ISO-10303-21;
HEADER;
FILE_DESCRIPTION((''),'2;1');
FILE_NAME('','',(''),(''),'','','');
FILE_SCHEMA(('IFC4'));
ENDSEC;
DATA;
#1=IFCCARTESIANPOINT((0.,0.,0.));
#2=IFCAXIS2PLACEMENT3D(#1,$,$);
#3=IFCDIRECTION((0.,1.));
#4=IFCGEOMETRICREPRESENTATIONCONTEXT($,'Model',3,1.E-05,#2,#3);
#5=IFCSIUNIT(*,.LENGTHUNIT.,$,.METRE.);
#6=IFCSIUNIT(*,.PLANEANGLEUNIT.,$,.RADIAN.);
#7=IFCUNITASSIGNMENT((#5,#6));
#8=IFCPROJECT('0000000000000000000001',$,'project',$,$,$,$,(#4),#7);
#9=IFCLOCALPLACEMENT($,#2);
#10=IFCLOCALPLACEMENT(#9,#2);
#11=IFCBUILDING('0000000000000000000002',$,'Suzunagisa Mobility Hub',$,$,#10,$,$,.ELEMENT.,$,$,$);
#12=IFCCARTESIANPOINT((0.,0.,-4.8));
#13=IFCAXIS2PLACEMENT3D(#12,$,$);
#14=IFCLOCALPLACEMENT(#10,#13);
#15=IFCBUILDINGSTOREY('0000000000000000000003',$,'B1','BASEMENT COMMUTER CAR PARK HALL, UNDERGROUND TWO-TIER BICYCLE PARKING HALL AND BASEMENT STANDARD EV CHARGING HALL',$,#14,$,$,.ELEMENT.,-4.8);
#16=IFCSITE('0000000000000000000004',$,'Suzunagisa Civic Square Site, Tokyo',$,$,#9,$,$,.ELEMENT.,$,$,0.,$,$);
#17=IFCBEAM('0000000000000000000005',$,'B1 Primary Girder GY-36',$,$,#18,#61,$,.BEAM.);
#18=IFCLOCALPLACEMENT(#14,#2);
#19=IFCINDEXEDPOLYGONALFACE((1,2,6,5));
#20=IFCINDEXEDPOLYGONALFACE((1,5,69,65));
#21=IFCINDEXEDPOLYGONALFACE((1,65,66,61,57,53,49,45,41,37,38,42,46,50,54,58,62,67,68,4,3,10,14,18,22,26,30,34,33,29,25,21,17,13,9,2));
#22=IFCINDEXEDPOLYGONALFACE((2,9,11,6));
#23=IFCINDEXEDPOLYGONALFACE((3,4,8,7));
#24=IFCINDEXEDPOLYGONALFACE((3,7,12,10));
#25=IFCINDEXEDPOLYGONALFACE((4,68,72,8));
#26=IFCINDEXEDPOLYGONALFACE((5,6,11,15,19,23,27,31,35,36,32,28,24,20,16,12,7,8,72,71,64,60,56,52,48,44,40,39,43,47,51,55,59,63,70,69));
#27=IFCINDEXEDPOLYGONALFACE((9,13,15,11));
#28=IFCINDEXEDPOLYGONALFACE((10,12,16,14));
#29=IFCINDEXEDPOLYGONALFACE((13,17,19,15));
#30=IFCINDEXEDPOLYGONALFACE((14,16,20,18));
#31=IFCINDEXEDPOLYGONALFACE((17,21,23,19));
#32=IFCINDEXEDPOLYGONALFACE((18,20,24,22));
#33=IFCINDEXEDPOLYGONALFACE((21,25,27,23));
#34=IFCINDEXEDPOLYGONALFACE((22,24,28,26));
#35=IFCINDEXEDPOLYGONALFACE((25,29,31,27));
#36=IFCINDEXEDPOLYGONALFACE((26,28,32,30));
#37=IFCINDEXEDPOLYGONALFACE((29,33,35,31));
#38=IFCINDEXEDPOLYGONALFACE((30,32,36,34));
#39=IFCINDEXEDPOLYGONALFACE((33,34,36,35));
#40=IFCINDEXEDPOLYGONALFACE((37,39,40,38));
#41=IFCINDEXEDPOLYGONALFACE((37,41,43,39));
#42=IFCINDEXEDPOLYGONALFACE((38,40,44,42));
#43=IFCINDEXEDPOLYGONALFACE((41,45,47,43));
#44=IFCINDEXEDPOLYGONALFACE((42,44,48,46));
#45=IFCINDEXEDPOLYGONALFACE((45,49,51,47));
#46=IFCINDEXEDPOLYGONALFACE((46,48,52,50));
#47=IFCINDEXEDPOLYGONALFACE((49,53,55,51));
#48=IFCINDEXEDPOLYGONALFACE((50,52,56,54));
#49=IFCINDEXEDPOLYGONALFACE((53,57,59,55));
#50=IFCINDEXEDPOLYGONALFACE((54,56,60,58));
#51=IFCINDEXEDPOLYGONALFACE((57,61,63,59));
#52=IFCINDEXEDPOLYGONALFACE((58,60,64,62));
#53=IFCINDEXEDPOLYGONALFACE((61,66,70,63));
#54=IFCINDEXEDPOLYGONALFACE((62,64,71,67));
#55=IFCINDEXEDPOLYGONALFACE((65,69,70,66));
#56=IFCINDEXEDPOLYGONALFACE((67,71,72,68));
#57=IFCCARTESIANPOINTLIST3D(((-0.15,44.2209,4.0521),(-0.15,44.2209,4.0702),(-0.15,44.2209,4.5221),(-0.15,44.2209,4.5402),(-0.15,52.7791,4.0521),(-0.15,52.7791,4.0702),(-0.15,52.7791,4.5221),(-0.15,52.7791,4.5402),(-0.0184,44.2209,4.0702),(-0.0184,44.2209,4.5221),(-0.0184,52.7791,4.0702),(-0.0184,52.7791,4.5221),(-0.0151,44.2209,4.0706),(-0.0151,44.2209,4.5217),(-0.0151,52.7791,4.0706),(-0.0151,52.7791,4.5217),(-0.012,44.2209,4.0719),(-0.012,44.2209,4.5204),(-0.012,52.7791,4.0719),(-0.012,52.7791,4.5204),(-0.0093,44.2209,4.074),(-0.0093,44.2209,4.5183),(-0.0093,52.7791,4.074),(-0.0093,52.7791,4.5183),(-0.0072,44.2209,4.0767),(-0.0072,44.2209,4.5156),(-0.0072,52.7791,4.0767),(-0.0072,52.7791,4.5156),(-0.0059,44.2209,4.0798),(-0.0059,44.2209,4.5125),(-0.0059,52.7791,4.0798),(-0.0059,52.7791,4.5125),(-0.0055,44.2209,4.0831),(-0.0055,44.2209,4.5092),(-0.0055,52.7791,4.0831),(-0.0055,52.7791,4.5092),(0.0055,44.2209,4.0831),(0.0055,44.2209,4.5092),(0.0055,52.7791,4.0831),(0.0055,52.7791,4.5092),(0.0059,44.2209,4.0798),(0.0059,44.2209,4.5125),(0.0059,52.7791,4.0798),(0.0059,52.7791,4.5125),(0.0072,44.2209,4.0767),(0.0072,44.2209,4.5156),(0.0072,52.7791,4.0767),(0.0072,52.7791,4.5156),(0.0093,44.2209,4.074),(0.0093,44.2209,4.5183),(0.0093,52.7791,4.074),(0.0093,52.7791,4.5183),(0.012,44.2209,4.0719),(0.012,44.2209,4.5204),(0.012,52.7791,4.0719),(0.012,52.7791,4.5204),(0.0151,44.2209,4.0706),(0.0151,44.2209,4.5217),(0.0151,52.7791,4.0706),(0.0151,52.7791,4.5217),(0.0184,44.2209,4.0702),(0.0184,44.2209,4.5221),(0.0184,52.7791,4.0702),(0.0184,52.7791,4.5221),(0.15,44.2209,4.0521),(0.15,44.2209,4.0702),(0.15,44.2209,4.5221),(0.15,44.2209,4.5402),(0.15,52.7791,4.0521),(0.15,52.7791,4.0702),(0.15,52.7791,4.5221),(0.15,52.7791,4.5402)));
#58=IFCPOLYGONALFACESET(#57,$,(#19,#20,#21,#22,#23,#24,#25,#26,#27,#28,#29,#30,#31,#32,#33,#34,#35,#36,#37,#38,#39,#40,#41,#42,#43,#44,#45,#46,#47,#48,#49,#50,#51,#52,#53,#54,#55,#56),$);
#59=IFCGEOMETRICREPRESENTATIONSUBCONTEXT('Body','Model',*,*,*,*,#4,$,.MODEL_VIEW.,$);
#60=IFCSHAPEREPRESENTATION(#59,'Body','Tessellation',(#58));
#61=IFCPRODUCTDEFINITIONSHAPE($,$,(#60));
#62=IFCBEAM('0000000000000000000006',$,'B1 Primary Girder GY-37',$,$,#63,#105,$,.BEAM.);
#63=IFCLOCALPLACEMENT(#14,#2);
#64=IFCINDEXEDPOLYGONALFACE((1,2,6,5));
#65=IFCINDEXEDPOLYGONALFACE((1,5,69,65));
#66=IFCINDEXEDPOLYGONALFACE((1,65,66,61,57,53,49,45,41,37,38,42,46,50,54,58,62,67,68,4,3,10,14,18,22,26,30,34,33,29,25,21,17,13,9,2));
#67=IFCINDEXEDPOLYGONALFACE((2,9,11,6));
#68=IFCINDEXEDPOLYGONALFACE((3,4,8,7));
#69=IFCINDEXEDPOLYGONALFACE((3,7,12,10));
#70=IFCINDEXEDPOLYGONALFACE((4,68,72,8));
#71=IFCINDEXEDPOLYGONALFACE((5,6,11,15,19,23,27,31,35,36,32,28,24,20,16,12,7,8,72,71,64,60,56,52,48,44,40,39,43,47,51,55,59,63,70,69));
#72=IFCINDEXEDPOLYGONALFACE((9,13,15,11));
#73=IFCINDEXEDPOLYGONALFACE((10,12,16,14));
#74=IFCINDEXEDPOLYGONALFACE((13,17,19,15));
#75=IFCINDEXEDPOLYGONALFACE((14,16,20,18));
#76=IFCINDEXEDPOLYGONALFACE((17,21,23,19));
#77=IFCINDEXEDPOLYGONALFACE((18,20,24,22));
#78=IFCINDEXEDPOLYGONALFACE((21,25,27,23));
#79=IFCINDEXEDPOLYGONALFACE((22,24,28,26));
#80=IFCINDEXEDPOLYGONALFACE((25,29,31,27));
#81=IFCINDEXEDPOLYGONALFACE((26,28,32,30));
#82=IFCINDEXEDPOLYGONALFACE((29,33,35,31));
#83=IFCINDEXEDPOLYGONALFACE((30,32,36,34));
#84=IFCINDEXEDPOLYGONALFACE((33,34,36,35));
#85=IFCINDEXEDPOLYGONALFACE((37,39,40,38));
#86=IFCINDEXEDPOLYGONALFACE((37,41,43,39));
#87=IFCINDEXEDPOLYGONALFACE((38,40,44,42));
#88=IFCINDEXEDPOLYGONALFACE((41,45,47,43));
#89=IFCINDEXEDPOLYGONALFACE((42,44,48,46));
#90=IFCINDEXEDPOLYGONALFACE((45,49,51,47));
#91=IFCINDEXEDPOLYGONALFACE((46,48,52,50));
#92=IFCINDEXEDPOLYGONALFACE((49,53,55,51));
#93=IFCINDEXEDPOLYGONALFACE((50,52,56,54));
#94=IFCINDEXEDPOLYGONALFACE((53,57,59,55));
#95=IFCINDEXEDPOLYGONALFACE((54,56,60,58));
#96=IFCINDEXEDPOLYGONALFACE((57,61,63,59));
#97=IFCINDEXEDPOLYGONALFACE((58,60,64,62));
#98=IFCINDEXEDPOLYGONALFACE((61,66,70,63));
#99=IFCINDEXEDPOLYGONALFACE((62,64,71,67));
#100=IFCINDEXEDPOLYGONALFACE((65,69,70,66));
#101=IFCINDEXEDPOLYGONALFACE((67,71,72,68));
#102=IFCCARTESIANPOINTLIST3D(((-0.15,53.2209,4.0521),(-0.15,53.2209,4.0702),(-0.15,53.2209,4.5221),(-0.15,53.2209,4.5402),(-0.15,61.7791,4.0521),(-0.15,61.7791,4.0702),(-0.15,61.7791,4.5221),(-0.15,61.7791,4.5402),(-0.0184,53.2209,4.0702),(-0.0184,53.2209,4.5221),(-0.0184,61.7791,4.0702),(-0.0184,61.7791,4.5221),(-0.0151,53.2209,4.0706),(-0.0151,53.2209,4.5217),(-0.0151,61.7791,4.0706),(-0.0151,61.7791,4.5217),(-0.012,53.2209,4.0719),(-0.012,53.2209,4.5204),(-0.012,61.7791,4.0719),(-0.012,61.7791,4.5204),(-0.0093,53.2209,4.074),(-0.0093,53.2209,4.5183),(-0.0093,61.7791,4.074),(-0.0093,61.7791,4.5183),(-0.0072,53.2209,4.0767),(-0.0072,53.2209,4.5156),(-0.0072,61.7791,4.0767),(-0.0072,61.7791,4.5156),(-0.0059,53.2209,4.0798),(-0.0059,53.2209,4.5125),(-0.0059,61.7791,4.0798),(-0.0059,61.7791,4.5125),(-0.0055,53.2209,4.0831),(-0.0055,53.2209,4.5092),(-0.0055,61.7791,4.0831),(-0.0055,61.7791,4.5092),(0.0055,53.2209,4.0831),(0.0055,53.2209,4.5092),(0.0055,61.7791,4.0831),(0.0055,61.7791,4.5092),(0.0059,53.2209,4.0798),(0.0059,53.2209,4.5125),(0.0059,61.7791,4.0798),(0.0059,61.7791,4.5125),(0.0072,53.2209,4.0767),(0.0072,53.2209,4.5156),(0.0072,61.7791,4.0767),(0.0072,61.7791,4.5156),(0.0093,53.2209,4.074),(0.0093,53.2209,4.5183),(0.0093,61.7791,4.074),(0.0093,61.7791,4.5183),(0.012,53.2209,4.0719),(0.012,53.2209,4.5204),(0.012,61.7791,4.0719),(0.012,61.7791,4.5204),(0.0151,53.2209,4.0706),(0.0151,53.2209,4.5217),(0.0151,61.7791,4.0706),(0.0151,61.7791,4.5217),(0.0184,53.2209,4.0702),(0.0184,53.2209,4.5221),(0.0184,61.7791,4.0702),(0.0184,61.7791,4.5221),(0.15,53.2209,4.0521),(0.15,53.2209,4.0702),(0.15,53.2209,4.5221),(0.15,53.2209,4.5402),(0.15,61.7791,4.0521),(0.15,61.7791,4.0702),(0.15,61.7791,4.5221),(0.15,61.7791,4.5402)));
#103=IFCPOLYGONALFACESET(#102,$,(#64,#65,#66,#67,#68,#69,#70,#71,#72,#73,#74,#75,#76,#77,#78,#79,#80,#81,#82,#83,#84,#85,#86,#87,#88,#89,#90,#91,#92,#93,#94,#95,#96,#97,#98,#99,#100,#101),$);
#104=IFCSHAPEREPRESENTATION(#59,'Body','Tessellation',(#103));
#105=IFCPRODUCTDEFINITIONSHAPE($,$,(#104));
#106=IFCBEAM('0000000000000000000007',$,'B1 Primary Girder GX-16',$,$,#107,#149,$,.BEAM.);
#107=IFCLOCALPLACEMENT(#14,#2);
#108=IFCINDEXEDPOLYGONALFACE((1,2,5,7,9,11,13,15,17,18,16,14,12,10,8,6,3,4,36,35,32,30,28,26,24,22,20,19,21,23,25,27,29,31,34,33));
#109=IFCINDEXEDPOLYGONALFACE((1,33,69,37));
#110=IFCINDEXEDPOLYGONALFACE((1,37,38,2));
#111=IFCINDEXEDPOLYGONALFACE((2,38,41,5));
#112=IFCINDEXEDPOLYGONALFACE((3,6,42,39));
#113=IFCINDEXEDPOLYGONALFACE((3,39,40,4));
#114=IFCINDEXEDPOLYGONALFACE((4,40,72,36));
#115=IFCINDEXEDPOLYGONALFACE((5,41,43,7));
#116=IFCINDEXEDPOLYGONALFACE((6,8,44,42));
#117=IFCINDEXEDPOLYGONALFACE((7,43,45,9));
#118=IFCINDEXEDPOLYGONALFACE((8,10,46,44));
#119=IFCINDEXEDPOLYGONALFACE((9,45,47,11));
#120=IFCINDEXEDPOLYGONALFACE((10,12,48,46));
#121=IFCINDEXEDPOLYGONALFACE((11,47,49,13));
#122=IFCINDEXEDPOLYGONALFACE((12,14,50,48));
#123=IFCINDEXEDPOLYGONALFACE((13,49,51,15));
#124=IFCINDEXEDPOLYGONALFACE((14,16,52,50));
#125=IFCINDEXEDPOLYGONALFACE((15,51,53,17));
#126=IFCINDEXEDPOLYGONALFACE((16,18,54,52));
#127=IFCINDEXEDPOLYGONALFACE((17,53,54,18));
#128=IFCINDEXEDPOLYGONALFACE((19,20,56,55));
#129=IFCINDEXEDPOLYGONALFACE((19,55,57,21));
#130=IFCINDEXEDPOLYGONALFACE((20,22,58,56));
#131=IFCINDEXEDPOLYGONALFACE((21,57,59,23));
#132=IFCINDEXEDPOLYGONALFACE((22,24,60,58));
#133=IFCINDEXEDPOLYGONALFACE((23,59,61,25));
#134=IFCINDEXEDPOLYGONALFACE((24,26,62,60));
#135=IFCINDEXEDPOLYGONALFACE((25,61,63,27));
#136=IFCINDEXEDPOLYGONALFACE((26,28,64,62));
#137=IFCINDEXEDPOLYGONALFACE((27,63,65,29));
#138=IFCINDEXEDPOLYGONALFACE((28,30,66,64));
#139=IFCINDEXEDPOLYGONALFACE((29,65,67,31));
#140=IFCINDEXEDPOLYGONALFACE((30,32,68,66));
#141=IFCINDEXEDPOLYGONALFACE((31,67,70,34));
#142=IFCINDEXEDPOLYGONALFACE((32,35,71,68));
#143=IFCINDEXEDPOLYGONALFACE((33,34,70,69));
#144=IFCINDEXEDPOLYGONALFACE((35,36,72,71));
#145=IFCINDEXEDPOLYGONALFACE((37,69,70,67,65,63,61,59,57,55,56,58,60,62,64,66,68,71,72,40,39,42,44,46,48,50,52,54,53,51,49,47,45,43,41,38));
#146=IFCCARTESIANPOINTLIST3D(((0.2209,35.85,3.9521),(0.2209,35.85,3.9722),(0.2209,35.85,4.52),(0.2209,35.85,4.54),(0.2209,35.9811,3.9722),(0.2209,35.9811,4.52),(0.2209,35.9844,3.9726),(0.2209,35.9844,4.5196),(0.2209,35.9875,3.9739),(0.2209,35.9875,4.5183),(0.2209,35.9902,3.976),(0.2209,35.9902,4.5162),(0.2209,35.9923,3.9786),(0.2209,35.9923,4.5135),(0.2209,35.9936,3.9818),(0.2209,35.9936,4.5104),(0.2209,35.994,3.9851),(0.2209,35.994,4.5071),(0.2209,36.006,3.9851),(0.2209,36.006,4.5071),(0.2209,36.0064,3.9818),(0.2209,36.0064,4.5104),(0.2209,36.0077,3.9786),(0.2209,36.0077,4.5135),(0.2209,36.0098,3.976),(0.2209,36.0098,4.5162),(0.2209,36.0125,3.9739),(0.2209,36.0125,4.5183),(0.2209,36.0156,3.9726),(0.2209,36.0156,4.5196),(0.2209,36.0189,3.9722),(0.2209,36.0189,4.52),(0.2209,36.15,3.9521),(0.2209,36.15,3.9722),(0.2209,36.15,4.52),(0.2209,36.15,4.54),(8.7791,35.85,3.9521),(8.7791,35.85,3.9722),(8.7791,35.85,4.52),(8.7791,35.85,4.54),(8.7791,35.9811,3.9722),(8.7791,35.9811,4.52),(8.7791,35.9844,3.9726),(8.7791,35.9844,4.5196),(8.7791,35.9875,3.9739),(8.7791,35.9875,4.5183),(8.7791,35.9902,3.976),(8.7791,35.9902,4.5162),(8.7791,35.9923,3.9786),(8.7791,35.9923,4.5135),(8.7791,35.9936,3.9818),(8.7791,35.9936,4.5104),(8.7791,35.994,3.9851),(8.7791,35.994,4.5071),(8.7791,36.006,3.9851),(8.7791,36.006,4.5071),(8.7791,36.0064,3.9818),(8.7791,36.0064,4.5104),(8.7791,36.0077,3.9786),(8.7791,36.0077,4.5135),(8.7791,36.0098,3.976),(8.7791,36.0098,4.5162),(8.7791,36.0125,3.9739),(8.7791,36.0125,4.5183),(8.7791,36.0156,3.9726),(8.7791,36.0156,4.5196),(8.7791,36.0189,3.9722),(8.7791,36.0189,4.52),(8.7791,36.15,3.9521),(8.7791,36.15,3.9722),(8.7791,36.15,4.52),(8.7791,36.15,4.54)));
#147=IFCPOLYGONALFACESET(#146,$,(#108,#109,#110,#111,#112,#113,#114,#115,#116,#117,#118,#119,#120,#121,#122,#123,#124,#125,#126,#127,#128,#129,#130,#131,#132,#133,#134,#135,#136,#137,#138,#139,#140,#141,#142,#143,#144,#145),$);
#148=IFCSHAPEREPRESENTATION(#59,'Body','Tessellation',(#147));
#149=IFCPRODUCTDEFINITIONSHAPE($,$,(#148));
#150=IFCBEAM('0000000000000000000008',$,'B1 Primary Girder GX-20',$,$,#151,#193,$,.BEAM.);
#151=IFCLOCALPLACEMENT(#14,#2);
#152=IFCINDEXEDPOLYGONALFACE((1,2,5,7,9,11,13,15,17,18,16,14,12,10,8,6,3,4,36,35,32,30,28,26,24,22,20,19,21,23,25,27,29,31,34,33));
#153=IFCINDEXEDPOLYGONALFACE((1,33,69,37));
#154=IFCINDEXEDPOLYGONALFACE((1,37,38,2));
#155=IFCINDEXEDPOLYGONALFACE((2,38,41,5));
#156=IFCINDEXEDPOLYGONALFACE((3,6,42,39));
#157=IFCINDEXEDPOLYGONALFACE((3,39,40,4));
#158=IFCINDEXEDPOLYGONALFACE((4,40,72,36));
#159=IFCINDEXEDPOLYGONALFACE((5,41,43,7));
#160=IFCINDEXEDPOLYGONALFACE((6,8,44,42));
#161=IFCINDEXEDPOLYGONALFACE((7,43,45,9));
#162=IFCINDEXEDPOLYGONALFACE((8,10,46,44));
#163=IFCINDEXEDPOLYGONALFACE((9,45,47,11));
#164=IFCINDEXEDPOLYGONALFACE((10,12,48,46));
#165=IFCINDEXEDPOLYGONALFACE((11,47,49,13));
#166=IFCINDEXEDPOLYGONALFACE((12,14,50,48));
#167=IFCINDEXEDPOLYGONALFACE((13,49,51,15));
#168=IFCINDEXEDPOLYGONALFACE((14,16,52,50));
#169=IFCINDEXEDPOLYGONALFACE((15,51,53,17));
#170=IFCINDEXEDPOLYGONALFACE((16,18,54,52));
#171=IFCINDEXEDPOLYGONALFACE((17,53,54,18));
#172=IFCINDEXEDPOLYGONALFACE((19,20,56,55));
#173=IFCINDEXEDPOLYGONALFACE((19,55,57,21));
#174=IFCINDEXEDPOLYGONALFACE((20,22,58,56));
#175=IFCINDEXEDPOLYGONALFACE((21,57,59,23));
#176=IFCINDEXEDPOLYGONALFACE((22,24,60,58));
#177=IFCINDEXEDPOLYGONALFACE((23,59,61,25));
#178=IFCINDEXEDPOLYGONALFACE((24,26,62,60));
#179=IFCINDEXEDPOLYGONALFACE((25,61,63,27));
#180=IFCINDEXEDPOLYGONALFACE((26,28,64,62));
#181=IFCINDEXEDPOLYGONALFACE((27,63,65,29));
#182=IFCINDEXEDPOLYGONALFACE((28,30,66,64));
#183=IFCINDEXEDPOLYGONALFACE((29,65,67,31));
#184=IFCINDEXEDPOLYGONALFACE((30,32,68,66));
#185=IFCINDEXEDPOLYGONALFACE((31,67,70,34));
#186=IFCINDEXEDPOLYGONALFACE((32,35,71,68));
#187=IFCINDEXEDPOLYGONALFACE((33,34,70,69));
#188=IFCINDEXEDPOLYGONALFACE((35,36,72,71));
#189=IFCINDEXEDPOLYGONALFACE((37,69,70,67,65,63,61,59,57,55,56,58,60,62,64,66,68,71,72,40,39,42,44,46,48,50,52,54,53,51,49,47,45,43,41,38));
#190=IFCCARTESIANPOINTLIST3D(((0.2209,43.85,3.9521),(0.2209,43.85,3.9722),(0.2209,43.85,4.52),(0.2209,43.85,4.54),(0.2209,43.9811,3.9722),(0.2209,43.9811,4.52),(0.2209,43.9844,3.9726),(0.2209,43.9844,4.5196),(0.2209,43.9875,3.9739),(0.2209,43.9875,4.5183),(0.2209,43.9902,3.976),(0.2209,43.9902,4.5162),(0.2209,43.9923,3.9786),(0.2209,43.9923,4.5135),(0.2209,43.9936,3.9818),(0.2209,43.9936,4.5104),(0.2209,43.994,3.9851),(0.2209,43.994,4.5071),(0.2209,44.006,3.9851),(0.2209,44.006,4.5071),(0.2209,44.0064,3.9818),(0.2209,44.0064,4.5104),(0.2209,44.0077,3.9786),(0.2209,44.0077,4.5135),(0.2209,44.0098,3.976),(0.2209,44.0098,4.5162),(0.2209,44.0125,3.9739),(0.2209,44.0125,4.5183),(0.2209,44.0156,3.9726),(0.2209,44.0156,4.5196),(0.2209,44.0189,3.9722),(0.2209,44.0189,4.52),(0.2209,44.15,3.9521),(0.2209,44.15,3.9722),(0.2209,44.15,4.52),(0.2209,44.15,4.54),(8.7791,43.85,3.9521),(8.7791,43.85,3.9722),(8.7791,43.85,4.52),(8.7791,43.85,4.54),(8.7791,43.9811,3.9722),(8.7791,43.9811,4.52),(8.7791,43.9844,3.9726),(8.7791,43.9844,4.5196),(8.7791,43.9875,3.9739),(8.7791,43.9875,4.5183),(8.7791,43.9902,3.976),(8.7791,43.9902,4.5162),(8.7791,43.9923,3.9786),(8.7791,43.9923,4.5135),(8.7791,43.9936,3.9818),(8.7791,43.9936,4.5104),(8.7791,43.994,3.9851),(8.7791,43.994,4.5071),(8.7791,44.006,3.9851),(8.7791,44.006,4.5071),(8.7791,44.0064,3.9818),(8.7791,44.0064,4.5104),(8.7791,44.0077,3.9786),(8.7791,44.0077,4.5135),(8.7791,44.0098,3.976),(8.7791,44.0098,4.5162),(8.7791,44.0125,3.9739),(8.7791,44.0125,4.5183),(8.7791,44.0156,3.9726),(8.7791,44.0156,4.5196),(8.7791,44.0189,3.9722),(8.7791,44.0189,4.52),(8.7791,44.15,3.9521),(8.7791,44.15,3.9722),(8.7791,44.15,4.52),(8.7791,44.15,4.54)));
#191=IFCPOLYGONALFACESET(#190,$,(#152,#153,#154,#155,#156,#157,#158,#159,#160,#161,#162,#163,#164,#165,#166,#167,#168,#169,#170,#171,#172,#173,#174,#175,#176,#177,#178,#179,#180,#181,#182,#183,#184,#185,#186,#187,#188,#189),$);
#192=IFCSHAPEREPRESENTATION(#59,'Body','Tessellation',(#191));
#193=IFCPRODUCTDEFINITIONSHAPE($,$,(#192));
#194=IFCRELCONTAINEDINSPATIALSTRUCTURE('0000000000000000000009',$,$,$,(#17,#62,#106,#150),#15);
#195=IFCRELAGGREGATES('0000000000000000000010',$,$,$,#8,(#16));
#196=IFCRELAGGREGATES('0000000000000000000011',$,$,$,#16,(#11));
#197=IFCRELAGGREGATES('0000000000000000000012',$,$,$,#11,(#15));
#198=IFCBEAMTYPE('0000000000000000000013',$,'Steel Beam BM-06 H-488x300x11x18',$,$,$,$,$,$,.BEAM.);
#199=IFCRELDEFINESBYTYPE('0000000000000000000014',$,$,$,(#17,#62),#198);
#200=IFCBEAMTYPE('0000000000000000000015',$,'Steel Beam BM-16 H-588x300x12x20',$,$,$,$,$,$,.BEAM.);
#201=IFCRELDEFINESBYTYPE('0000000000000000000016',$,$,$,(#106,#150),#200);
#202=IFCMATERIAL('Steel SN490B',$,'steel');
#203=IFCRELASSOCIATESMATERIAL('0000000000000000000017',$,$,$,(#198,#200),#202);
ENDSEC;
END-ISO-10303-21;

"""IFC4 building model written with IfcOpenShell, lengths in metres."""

from ifc_helpers import new_model, si_unit, direction, frame, origin, origin_2d, place, context, subcontext, project, spatial, i_section, extrude, material, material_profile, profile_set, type_object, element, save


model = new_model("IFC4")

# Units and contexts
model_context = context("Model", 3, precision=1e-05, world=origin(), true_north=direction((0.0, 1.0)))
body_context = subcontext(model_context, "Body", "Model", "MODEL_VIEW")
ifc_project = project(units=[si_unit("LENGTHUNIT", "METRE"), si_unit("PLANEANGLEUNIT", "RADIAN")], contexts=[model_context])

# Site, building, storey
site_placement = place(None, origin())
site = spatial("IfcSite", under=ifc_project, at=site_placement, Name="Suzunagisa Civic Square Site, Tokyo", CompositionType="ELEMENT", RefElevation=0.0)
building_placement = place(site_placement, origin())
building = spatial("IfcBuilding", under=site, at=building_placement, Name="Suzunagisa Mobility Hub", CompositionType="ELEMENT")
storey_placement = place(building_placement, frame((0.0, 0.0, -4.8)))
storey = spatial("IfcBuildingStorey", under=building, at=storey_placement, Name="B1", Description="BASEMENT COMMUTER CAR PARK HALL, UNDERGROUND TWO-TIER BICYCLE PARKING HALL AND BASEMENT STANDARD EV CHARGING HALL", CompositionType="ELEMENT", Elevation=-4.8)

# Shared definitions
ifc_material_1 = material(Name="Steel SN490B", Category="steel")

# Beams
ifc_material_profile_1 = material_profile(ifc_material_1, i_section(OverallWidth=0.3, OverallDepth=0.488, WebThickness=0.011, FlangeThickness=0.0181, FilletRadius=0.0129, at=origin_2d()), Name="H-488x300x11x18")
ifc_profile_set_1 = profile_set([ifc_material_profile_1], Name="Steel SN490B")
beam_type_1 = type_object("IfcBeamType", Name="Steel Beam BM-06 H-488x300x11x18", PredefinedType="BEAM", material=ifc_profile_set_1)
for number, where, z_axis, x_axis, name in (
    (1, (0.0, 44.2209, 4.2961), (0.0, 1.0, 0.0), (-1.0, 0.0, 0.0), "B1 Primary Girder GY-36"),
    (2, (0.0, 53.2209, 4.2961), (0.0, 1.0, 0.0), (-1.0, 0.0, 0.0), "B1 Primary Girder GY-37"),
):
    element("IfcBeam", number, at=place(storey_placement, frame(where, z_axis=z_axis, x_axis=x_axis)), inside=storey, type_object=beam_type_1, Name=name, PredefinedType="BEAM", context=body_context, shape_type="SweptSolid", body=[
        extrude(i_section(OverallWidth=0.3, OverallDepth=0.488, WebThickness=0.011, FlangeThickness=0.0181, FilletRadius=0.0129, at=origin_2d()), origin(), (0.0, 0.0, 1.0), 8.5581),
    ])
ifc_material_profile_2 = material_profile(ifc_material_1, i_section(OverallWidth=0.3, OverallDepth=0.5879, WebThickness=0.012, FlangeThickness=0.02, FilletRadius=0.0129, at=origin_2d()), Name="H-588x300x12x20")
ifc_profile_set_2 = profile_set([ifc_material_profile_2], Name="Steel SN490B")
beam_type_2 = type_object("IfcBeamType", Name="Steel Beam BM-16 H-588x300x12x20", PredefinedType="BEAM", material=ifc_profile_set_2)
for number, where, z_axis, x_axis, name in (
    (3, (0.2209, 36.0, 4.2461), (1.0, 0.0, 0.0), (0.0, 1.0, 0.0), "B1 Primary Girder GX-16"),
    (4, (0.2209, 44.0, 4.2461), (1.0, 0.0, 0.0), (0.0, 1.0, 0.0), "B1 Primary Girder GX-20"),
):
    element("IfcBeam", number, at=place(storey_placement, frame(where, z_axis=z_axis, x_axis=x_axis)), inside=storey, type_object=beam_type_2, Name=name, PredefinedType="BEAM", context=body_context, shape_type="SweptSolid", body=[
        extrude(i_section(OverallWidth=0.3, OverallDepth=0.5879, WebThickness=0.012, FlangeThickness=0.02, FilletRadius=0.0129, at=origin_2d()), origin(), (0.0, 0.0, 1.0), 8.5581),
    ])

save(model, "model.ifc")
